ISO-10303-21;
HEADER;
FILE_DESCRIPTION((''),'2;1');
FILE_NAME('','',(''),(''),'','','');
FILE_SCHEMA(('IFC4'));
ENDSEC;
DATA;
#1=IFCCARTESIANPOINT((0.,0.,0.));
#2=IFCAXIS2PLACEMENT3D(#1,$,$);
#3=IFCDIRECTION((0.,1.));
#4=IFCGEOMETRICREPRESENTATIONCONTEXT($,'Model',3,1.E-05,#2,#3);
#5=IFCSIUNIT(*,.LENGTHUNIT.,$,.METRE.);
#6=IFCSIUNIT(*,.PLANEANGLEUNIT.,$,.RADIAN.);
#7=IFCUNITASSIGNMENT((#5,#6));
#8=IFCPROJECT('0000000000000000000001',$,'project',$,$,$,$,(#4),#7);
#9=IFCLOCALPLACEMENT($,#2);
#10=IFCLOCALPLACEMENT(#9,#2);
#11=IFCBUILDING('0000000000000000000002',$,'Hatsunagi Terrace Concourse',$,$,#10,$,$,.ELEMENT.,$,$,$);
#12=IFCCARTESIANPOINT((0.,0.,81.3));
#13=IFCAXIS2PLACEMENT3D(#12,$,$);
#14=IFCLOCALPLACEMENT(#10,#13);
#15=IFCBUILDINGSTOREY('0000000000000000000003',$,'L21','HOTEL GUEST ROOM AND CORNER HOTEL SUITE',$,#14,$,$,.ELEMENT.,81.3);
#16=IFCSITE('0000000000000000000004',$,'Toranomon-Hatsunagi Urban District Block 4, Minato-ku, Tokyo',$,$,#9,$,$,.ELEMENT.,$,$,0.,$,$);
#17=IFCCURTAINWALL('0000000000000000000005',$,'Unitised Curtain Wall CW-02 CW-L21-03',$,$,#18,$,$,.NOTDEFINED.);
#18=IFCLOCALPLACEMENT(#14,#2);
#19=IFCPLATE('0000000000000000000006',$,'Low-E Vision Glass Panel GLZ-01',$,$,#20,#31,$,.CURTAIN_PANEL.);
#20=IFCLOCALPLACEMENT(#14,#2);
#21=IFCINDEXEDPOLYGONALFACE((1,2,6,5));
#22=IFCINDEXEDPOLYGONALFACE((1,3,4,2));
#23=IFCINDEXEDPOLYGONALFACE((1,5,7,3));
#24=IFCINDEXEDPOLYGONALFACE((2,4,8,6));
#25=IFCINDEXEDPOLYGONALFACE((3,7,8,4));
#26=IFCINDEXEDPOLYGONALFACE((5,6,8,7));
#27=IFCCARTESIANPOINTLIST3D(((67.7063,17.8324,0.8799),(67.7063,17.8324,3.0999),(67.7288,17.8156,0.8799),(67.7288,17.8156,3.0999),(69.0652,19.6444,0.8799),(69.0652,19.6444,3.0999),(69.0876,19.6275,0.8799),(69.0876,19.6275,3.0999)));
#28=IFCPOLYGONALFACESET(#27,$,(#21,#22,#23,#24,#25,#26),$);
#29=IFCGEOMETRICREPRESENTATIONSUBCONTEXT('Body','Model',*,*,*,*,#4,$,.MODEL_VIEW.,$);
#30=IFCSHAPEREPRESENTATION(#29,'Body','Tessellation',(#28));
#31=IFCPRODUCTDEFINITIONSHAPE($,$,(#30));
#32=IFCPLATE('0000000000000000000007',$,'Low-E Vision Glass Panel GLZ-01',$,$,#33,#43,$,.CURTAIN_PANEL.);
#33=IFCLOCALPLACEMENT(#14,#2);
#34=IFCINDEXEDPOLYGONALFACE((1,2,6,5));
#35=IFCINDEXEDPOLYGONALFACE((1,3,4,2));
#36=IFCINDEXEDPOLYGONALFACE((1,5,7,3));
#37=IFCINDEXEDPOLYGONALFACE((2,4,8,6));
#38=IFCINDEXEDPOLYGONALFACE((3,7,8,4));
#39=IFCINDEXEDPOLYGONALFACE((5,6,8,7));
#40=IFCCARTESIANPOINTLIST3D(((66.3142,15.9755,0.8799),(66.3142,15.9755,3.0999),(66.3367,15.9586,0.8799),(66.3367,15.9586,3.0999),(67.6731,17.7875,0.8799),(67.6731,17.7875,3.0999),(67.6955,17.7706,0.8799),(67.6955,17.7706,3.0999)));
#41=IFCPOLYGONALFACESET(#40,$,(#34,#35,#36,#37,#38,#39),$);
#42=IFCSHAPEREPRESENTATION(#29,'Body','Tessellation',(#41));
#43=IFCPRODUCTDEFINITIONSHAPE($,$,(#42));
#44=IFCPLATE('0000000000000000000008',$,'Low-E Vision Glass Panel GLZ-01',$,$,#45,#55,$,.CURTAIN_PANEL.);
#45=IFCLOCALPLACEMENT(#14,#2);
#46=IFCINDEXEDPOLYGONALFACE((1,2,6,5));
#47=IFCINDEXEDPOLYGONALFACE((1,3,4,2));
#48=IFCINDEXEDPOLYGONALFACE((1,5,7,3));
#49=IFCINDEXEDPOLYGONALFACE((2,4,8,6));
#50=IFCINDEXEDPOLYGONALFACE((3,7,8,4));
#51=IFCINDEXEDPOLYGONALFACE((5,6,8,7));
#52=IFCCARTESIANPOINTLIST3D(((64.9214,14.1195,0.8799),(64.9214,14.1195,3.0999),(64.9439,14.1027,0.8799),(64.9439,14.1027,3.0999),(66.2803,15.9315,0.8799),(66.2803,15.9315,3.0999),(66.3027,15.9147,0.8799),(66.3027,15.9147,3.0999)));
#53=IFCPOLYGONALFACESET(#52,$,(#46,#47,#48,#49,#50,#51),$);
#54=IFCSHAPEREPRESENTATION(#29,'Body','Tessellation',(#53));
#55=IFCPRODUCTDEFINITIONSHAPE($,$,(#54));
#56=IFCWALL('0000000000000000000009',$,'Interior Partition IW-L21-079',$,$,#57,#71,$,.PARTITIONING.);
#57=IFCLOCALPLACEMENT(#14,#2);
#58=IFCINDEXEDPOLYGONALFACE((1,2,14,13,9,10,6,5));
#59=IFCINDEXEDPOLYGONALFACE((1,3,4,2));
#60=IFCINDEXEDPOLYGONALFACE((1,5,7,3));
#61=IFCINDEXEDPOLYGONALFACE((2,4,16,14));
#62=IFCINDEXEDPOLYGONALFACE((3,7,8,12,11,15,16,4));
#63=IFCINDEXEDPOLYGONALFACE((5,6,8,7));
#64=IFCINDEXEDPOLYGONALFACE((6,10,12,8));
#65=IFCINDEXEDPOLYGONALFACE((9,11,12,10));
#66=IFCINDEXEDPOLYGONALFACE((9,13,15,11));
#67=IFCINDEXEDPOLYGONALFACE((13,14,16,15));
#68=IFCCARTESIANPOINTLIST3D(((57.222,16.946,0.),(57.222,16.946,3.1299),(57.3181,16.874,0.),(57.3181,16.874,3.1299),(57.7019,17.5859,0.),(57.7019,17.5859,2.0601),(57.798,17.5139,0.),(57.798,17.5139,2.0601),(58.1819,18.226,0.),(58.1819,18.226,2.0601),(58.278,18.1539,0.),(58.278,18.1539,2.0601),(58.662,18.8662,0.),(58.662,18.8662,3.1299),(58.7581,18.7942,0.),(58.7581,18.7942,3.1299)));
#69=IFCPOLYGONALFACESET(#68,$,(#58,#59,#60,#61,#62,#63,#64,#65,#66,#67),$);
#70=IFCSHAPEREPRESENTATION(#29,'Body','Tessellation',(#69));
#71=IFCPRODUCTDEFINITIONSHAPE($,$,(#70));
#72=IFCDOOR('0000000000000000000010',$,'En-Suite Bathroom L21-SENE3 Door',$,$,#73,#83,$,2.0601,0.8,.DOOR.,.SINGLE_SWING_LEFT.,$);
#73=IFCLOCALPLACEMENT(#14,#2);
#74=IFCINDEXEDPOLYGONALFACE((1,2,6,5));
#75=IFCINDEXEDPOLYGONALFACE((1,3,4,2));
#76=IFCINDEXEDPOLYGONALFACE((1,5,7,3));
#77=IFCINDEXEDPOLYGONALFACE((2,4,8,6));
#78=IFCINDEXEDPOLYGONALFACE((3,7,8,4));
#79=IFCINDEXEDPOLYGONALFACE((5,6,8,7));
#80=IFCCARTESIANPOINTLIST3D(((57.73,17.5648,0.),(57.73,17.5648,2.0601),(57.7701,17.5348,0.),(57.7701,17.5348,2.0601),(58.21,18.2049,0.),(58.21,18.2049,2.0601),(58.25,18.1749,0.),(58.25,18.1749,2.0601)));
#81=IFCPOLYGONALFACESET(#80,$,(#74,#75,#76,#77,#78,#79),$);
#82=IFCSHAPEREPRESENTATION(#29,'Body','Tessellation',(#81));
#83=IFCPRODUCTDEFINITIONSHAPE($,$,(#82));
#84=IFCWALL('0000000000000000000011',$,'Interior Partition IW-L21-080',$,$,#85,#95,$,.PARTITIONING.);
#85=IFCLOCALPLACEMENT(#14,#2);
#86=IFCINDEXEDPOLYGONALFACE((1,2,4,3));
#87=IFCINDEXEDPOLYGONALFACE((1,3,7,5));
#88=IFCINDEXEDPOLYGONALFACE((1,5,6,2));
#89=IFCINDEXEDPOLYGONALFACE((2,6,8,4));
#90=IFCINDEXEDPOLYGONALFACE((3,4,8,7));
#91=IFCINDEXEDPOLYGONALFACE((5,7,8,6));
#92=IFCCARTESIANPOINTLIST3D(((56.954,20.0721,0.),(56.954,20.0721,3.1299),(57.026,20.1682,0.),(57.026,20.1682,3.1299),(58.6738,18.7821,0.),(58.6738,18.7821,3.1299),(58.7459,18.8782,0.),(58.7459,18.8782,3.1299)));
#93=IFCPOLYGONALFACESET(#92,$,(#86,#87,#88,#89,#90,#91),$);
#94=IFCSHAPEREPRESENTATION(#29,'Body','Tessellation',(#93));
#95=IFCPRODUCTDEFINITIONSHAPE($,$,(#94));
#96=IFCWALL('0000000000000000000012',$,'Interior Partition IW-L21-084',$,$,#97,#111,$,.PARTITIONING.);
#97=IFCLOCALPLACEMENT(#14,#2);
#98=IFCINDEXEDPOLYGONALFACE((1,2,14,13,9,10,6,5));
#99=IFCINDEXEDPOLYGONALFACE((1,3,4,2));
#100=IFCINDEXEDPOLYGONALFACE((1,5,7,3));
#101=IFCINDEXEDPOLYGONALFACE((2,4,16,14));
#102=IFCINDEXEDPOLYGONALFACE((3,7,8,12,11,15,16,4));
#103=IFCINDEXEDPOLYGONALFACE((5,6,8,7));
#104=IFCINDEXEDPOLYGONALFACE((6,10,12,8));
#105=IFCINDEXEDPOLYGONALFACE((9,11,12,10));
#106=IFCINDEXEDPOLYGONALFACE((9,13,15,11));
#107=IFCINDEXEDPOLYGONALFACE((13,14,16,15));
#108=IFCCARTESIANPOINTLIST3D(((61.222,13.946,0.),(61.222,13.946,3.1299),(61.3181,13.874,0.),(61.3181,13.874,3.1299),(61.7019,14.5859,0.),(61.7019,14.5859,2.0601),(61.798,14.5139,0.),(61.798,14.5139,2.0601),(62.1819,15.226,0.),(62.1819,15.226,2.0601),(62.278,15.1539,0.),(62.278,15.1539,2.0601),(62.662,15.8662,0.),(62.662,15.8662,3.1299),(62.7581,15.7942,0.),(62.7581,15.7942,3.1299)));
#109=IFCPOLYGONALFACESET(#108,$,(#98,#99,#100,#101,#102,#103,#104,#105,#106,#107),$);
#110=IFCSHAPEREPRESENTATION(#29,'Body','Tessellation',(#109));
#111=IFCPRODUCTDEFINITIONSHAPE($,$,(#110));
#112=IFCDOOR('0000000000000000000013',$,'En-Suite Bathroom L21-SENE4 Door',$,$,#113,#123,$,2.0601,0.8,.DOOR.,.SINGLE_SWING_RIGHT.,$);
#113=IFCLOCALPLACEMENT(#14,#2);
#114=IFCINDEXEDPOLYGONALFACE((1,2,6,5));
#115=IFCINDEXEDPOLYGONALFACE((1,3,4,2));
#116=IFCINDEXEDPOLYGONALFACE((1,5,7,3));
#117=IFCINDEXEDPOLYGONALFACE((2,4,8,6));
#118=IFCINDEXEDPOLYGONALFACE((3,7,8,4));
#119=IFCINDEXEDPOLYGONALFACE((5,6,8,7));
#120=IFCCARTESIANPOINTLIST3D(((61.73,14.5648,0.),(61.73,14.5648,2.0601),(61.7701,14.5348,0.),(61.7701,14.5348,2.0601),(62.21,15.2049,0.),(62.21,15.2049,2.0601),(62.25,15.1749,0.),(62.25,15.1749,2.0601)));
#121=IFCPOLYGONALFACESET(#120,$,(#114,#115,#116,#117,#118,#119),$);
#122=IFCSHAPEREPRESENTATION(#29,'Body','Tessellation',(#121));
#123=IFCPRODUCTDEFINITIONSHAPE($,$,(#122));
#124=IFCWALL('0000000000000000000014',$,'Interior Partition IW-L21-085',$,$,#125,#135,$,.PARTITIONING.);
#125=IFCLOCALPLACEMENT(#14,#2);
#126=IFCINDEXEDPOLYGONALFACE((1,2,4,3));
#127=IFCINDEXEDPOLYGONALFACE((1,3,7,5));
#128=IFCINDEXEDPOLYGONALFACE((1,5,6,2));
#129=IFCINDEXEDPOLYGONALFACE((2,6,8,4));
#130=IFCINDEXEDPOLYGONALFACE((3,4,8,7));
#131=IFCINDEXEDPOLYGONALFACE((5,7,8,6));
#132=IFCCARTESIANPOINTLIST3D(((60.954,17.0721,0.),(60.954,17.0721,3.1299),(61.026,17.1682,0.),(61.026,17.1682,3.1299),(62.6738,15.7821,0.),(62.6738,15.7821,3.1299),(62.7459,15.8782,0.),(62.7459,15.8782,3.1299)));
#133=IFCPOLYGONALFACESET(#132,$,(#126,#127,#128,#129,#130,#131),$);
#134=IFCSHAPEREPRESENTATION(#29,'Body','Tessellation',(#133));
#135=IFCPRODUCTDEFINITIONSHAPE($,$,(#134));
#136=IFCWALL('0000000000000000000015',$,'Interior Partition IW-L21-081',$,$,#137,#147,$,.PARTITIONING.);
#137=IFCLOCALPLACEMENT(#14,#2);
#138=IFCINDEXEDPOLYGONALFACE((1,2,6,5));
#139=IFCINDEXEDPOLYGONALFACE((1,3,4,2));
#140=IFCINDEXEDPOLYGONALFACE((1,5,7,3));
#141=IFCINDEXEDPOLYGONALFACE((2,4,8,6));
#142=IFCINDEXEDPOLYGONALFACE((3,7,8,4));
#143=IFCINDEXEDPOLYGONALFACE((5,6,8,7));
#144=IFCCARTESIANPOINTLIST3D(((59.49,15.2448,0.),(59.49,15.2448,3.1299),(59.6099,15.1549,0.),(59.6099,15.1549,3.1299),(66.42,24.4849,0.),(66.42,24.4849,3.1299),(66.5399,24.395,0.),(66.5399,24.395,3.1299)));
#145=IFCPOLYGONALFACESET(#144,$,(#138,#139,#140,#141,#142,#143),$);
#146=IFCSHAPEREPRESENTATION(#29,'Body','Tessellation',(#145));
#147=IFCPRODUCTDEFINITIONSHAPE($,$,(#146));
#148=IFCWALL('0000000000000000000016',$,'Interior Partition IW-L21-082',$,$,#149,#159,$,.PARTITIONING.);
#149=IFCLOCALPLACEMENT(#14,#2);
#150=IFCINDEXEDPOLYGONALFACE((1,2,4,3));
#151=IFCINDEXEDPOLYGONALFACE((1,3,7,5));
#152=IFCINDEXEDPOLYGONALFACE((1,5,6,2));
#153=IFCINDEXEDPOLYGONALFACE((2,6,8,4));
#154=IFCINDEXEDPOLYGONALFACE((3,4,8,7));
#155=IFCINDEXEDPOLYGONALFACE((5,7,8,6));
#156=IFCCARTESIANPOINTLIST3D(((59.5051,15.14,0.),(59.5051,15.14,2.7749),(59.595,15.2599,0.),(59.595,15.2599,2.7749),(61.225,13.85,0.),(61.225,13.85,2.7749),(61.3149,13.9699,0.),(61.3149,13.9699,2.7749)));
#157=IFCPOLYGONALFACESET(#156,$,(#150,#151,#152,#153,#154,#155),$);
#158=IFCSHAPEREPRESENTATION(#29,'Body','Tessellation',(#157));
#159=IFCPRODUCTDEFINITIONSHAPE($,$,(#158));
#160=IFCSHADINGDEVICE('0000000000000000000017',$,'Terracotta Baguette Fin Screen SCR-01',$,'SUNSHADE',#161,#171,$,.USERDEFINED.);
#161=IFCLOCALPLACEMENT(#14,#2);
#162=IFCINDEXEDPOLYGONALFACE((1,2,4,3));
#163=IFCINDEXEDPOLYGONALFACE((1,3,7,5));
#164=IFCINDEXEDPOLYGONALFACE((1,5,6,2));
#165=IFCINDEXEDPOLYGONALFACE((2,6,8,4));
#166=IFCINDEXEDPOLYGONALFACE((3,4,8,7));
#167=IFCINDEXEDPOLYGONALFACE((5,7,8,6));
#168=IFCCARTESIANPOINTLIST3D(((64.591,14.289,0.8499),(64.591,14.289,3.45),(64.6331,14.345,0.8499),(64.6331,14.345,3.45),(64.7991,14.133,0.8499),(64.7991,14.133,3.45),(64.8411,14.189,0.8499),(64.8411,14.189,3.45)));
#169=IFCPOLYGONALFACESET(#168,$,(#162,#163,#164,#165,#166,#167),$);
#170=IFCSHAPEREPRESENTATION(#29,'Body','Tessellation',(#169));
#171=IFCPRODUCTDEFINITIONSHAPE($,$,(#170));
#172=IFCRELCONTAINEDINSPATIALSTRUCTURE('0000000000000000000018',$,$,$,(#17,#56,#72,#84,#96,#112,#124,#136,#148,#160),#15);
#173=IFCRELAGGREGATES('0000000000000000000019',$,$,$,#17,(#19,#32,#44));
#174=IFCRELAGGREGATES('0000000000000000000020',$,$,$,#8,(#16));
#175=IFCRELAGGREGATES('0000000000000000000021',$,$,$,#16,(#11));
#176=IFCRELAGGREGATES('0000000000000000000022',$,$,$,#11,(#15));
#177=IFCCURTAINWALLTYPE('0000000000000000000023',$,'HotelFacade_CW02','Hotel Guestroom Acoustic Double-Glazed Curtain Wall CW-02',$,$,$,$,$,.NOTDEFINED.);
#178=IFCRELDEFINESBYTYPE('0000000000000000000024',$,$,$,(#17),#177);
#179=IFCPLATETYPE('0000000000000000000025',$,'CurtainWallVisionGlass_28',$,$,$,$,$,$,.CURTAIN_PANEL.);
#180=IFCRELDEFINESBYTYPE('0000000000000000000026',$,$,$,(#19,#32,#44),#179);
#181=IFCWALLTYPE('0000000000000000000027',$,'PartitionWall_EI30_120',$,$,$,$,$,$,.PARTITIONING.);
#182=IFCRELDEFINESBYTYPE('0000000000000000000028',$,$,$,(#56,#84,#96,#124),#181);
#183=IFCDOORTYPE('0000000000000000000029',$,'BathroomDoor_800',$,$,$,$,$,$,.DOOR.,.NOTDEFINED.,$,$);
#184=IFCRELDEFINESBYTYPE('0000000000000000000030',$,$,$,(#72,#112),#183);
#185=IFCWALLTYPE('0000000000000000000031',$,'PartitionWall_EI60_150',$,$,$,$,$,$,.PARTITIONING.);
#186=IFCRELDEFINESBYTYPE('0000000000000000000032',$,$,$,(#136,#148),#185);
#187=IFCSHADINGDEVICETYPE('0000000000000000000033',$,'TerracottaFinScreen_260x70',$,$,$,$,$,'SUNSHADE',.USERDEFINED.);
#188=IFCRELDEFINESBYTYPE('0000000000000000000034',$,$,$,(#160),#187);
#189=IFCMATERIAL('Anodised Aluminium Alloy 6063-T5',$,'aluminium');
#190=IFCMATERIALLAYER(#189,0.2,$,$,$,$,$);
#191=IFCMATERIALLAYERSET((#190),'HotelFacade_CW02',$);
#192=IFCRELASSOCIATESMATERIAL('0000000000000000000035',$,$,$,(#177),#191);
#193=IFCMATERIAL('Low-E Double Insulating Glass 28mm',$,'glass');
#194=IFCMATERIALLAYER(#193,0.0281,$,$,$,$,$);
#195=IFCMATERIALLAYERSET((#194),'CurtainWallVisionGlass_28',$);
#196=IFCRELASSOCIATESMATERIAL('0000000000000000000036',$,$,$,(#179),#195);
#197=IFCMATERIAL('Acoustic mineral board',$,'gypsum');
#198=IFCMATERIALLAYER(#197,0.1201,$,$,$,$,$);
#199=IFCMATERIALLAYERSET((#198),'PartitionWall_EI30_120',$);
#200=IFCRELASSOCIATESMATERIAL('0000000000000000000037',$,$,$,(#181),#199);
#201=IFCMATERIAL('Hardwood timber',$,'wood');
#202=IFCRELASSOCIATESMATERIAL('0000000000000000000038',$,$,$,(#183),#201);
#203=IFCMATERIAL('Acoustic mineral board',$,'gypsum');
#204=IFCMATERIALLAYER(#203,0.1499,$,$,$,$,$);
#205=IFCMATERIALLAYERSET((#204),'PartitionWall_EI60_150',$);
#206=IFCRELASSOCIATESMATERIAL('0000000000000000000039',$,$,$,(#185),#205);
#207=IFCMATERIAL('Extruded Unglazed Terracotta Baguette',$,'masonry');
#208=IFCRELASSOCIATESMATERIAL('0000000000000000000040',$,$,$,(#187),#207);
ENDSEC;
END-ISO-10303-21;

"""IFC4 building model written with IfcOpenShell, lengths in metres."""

from ifc_helpers import new_model, si_unit, direction, frame, frame_2d, origin, origin_2d, place, context, subcontext, project, spatial, rectangle, extrude, material, layer, layer_set, type_object, element, fill, aggregate, save


model = new_model("IFC4")

# Units and contexts
model_context = context("Model", 3, precision=1e-05, world=origin(), true_north=direction((0.0, 1.0)))
body_context = subcontext(model_context, "Body", "Model", "MODEL_VIEW")
ifc_project = project(units=[si_unit("LENGTHUNIT", "METRE"), si_unit("PLANEANGLEUNIT", "RADIAN")], contexts=[model_context])

# Site, building, storey
site_placement = place(None, origin())
site = spatial("IfcSite", under=ifc_project, at=site_placement, Name="Toranomon-Hatsunagi Urban District Block 4, Minato-ku, Tokyo", CompositionType="ELEMENT", RefElevation=0.0)
building_placement = place(site_placement, origin())
building = spatial("IfcBuilding", under=site, at=building_placement, Name="Hatsunagi Terrace Concourse", CompositionType="ELEMENT")
storey_placement = place(building_placement, frame((0.0, 0.0, 81.3)))
storey = spatial("IfcBuildingStorey", under=building, at=storey_placement, Name="L21", Description="HOTEL GUEST ROOM AND CORNER HOTEL SUITE", CompositionType="ELEMENT", Elevation=81.3)

# Curtain wall, plates
ifc_material_1 = material(Name="Anodised Aluminium Alloy 6063-T5", Category="aluminium")
ifc_layer_1 = layer(ifc_material_1, 0.2)
ifc_layer_set_1 = layer_set([ifc_layer_1], Name="HotelFacade_CW02")
curtain_wall_type = type_object("IfcCurtainWallType", Name="HotelFacade_CW02", Description="Hotel Guestroom Acoustic Double-Glazed Curtain Wall CW-02", PredefinedType="NOTDEFINED", material=ifc_layer_set_1)
curtain_wall_placement = place(storey_placement, origin())
curtain_wall = element("IfcCurtainWall", 1, at=curtain_wall_placement, inside=storey, type_object=curtain_wall_type, Name="Unitised Curtain Wall CW-02 CW-L21-03", PredefinedType="NOTDEFINED")
ifc_material_2 = material(Name="Low-E Double Insulating Glass 28mm", Category="glass")
ifc_layer_2 = layer(ifc_material_2, 0.0281)
ifc_layer_set_2 = layer_set([ifc_layer_2], Name="CurtainWallVisionGlass_28")
plate_type_1 = type_object("IfcPlateType", Name="CurtainWallVisionGlass_28", PredefinedType="CURTAIN_PANEL", material=ifc_layer_set_2)
plate_1_placement = place(storey_placement, frame((68.397, 18.73, 0.8799), z_axis=(0.0, 0.0, 1.0), x_axis=(-0.599969, -0.800023, 0.0)))
plate_1 = element("IfcPlate", 2, at=plate_1_placement, type_object=plate_type_1, Name="Low-E Vision Glass Panel GLZ-01", PredefinedType="CURTAIN_PANEL", context=body_context, shape_type="SweptSolid", body=[
    extrude(rectangle(XDim=2.2649, YDim=0.0281, at=origin_2d()), origin(), (0.0, 0.0, 1.0), 2.22),
])
plate_2_placement = place(storey_placement, frame((67.0049, 16.873, 0.8799), z_axis=(0.0, 0.0, 1.0), x_axis=(-0.599969, -0.800023, 0.0)))
plate_2 = element("IfcPlate", 3, at=plate_2_placement, type_object=plate_type_1, Name="Low-E Vision Glass Panel GLZ-01", PredefinedType="CURTAIN_PANEL", context=body_context, shape_type="SweptSolid", body=[
    extrude(rectangle(XDim=2.2649, YDim=0.0281, at=origin_2d()), origin(), (0.0, 0.0, 1.0), 2.22),
])
plate_3_placement = place(storey_placement, frame((65.6121, 15.0171, 0.8799), z_axis=(0.0, 0.0, 1.0), x_axis=(-0.599969, -0.800023, 0.0)))
plate_3 = element("IfcPlate", 4, at=plate_3_placement, type_object=plate_type_1, Name="Low-E Vision Glass Panel GLZ-01", PredefinedType="CURTAIN_PANEL", context=body_context, shape_type="SweptSolid", body=[
    extrude(rectangle(XDim=2.2649, YDim=0.0281, at=origin_2d()), origin(), (0.0, 0.0, 1.0), 2.22),
])
aggregate(curtain_wall, [plate_1, plate_2, plate_3])

# Wall, opening, door
ifc_material_3 = material(Name="Acoustic mineral board", Category="gypsum")
ifc_layer_3 = layer(ifc_material_3, 0.1201)
ifc_layer_set_3 = layer_set([ifc_layer_3], Name="PartitionWall_EI30_120")
wall_type_1 = type_object("IfcWallType", Name="PartitionWall_EI30_120", PredefinedType="PARTITIONING", material=ifc_layer_set_3)
wall_1_placement = place(storey_placement, frame((57.27, 16.9099, 0.0), z_axis=(0.0, 0.0, 1.0), x_axis=(0.599951, 0.800037, 0.0)))
wall_1 = element("IfcWall", 5, at=wall_1_placement, inside=storey, type_object=wall_type_1, Name="Interior Partition IW-L21-079", PredefinedType="PARTITIONING", context=body_context, shape_type="SweptSolid", body=[
    extrude(rectangle(XDim=2.4001, YDim=0.1201, at=frame_2d((1.2002, 0.0))), origin(), (0.0, 0.0, 1.0), 3.1299),
])
opening_1_placement = place(wall_1_placement, frame((0.8, 0.0, 0.0)))
opening_1 = element("IfcOpeningElement", 6, at=opening_1_placement, cuts=wall_1, PredefinedType="OPENING", context=body_context, shape_type="SweptSolid", body=[
    extrude(rectangle(XDim=0.8, YDim=2.0601, at=frame_2d((0.3999, 1.03))), frame((0.0, 0.0701, 0.0), z_axis=(0.0, -1.0, 0.0), x_axis=(1.0, 0.0, 0.0)), (0.0, 0.0, 1.0), 0.1401),
])
ifc_material_4 = material(Name="Hardwood timber", Category="wood")
door_type_1 = type_object("IfcDoorType", Name="BathroomDoor_800", OperationType="NOTDEFINED", PredefinedType="DOOR", material=ifc_material_4)
door_1_placement = place(opening_1_placement, origin())
door_1 = element("IfcDoor", 7, at=door_1_placement, inside=storey, type_object=door_type_1, Name="En-Suite Bathroom L21-SENE3 Door", OperationType="SINGLE_SWING_LEFT", OverallHeight=2.0601, OverallWidth=0.8, PredefinedType="DOOR", context=body_context, shape_type="SweptSolid", body=[
    extrude(rectangle(XDim=0.8, YDim=2.0601, at=frame_2d((0.3999, 1.03))), frame((0.0, 0.0249, 0.0), z_axis=(0.0, -1.0, 0.0), x_axis=(1.0, 0.0, 0.0)), (0.0, 0.0, 1.0), 0.05),
])
fill(opening_1, door_1)

# Wall
wall_2_placement = place(storey_placement, frame((56.99, 20.1201, 0.0), z_axis=(0.0, 0.0, 1.0), x_axis=(0.799986, -0.600018, 0.0)))
element("IfcWall", 8, at=wall_2_placement, inside=storey, type_object=wall_type_1, Name="Interior Partition IW-L21-080", PredefinedType="PARTITIONING", context=body_context, shape_type="SweptSolid", body=[
    extrude(rectangle(XDim=2.1499, YDim=0.1201, at=frame_2d((1.075, 0.0))), origin(), (0.0, 0.0, 1.0), 3.1299),
])

# Wall, opening, door
wall_3_placement = place(storey_placement, frame((61.27, 13.9099, 0.0), z_axis=(0.0, 0.0, 1.0), x_axis=(0.599951, 0.800037, 0.0)))
wall_3 = element("IfcWall", 9, at=wall_3_placement, inside=storey, type_object=wall_type_1, Name="Interior Partition IW-L21-084", PredefinedType="PARTITIONING", context=body_context, shape_type="SweptSolid", body=[
    extrude(rectangle(XDim=2.4001, YDim=0.1201, at=frame_2d((1.2002, 0.0))), origin(), (0.0, 0.0, 1.0), 3.1299),
])
opening_2_placement = place(wall_3_placement, frame((0.8, 0.0, 0.0)))
opening_2 = element("IfcOpeningElement", 10, at=opening_2_placement, cuts=wall_3, PredefinedType="OPENING", context=body_context, shape_type="SweptSolid", body=[
    extrude(rectangle(XDim=0.8, YDim=2.0601, at=frame_2d((0.3999, 1.03))), frame((0.0, 0.0701, 0.0), z_axis=(0.0, -1.0, 0.0), x_axis=(1.0, 0.0, 0.0)), (0.0, 0.0, 1.0), 0.1401),
])
door_2_placement = place(opening_2_placement, origin())
door_2 = element("IfcDoor", 11, at=door_2_placement, inside=storey, type_object=door_type_1, Name="En-Suite Bathroom L21-SENE4 Door", OperationType="SINGLE_SWING_RIGHT", OverallHeight=2.0601, OverallWidth=0.8, PredefinedType="DOOR", context=body_context, shape_type="SweptSolid", body=[
    extrude(rectangle(XDim=0.8, YDim=2.0601, at=frame_2d((0.3999, 1.03))), frame((0.0, 0.0249, 0.0), z_axis=(0.0, -1.0, 0.0), x_axis=(1.0, 0.0, 0.0)), (0.0, 0.0, 1.0), 0.05),
])
fill(opening_2, door_2)

# Wall
wall_4_placement = place(storey_placement, frame((60.99, 17.1201, 0.0), z_axis=(0.0, 0.0, 1.0), x_axis=(0.799986, -0.600018, 0.0)))
element("IfcWall", 12, at=wall_4_placement, inside=storey, type_object=wall_type_1, Name="Interior Partition IW-L21-085", PredefinedType="PARTITIONING", context=body_context, shape_type="SweptSolid", body=[
    extrude(rectangle(XDim=2.1499, YDim=0.1201, at=frame_2d((1.075, 0.0))), origin(), (0.0, 0.0, 1.0), 3.1299),
])

# Shared definitions
ifc_material_5 = material(Name="Acoustic mineral board", Category="gypsum")
ifc_layer_4 = layer(ifc_material_5, 0.1499)
ifc_layer_set_4 = layer_set([ifc_layer_4], Name="PartitionWall_EI60_150")
wall_type_2 = type_object("IfcWallType", Name="PartitionWall_EI60_150", PredefinedType="PARTITIONING", material=ifc_layer_set_4)

# Walls
wall_5_placement = place(storey_placement, frame((59.55, 15.2, 0.0), z_axis=(0.0, 0.0, 1.0), x_axis=(0.599997, 0.800003, 0.0)))
element("IfcWall", 13, at=wall_5_placement, inside=storey, type_object=wall_type_2, Name="Interior Partition IW-L21-081", PredefinedType="PARTITIONING", context=body_context, shape_type="SweptSolid", body=[
    extrude(rectangle(XDim=11.55, YDim=0.1499, at=frame_2d((5.7749, 0.0))), origin(), (0.0, 0.0, 1.0), 3.1299),
])
wall_6_placement = place(storey_placement, frame((59.55, 15.2, 0.0), z_axis=(0.0, 0.0, 1.0), x_axis=(0.799986, -0.600018, 0.0)))
element("IfcWall", 14, at=wall_6_placement, inside=storey, type_object=wall_type_2, Name="Interior Partition IW-L21-082", PredefinedType="PARTITIONING", context=body_context, shape_type="SweptSolid", body=[
    extrude(rectangle(XDim=2.1499, YDim=0.1499, at=frame_2d((1.075, 0.0))), origin(), (0.0, 0.0, 1.0), 2.7749),
])

# Shading device
ifc_material_6 = material(Name="Extruded Unglazed Terracotta Baguette", Category="masonry")
shading_device_type = type_object("IfcShadingDeviceType", Name="TerracottaFinScreen_260x70", ElementType="SUNSHADE", PredefinedType="USERDEFINED", material=ifc_material_6)
shading_device_placement = place(storey_placement, frame((64.7161, 14.239, 0.8499), z_axis=(0.0, 0.0, 1.0), x_axis=(-0.599969, -0.800023, 0.0)))
element("IfcShadingDevice", 15, at=shading_device_placement, inside=storey, type_object=shading_device_type, Name="Terracotta Baguette Fin Screen SCR-01", ObjectType="SUNSHADE", PredefinedType="USERDEFINED", context=body_context, shape_type="SweptSolid", body=[
    extrude(rectangle(XDim=0.0701, YDim=0.26, at=origin_2d()), origin(), (0.0, 0.0, 1.0), 2.6001),
])

save(model, "model.ifc")
